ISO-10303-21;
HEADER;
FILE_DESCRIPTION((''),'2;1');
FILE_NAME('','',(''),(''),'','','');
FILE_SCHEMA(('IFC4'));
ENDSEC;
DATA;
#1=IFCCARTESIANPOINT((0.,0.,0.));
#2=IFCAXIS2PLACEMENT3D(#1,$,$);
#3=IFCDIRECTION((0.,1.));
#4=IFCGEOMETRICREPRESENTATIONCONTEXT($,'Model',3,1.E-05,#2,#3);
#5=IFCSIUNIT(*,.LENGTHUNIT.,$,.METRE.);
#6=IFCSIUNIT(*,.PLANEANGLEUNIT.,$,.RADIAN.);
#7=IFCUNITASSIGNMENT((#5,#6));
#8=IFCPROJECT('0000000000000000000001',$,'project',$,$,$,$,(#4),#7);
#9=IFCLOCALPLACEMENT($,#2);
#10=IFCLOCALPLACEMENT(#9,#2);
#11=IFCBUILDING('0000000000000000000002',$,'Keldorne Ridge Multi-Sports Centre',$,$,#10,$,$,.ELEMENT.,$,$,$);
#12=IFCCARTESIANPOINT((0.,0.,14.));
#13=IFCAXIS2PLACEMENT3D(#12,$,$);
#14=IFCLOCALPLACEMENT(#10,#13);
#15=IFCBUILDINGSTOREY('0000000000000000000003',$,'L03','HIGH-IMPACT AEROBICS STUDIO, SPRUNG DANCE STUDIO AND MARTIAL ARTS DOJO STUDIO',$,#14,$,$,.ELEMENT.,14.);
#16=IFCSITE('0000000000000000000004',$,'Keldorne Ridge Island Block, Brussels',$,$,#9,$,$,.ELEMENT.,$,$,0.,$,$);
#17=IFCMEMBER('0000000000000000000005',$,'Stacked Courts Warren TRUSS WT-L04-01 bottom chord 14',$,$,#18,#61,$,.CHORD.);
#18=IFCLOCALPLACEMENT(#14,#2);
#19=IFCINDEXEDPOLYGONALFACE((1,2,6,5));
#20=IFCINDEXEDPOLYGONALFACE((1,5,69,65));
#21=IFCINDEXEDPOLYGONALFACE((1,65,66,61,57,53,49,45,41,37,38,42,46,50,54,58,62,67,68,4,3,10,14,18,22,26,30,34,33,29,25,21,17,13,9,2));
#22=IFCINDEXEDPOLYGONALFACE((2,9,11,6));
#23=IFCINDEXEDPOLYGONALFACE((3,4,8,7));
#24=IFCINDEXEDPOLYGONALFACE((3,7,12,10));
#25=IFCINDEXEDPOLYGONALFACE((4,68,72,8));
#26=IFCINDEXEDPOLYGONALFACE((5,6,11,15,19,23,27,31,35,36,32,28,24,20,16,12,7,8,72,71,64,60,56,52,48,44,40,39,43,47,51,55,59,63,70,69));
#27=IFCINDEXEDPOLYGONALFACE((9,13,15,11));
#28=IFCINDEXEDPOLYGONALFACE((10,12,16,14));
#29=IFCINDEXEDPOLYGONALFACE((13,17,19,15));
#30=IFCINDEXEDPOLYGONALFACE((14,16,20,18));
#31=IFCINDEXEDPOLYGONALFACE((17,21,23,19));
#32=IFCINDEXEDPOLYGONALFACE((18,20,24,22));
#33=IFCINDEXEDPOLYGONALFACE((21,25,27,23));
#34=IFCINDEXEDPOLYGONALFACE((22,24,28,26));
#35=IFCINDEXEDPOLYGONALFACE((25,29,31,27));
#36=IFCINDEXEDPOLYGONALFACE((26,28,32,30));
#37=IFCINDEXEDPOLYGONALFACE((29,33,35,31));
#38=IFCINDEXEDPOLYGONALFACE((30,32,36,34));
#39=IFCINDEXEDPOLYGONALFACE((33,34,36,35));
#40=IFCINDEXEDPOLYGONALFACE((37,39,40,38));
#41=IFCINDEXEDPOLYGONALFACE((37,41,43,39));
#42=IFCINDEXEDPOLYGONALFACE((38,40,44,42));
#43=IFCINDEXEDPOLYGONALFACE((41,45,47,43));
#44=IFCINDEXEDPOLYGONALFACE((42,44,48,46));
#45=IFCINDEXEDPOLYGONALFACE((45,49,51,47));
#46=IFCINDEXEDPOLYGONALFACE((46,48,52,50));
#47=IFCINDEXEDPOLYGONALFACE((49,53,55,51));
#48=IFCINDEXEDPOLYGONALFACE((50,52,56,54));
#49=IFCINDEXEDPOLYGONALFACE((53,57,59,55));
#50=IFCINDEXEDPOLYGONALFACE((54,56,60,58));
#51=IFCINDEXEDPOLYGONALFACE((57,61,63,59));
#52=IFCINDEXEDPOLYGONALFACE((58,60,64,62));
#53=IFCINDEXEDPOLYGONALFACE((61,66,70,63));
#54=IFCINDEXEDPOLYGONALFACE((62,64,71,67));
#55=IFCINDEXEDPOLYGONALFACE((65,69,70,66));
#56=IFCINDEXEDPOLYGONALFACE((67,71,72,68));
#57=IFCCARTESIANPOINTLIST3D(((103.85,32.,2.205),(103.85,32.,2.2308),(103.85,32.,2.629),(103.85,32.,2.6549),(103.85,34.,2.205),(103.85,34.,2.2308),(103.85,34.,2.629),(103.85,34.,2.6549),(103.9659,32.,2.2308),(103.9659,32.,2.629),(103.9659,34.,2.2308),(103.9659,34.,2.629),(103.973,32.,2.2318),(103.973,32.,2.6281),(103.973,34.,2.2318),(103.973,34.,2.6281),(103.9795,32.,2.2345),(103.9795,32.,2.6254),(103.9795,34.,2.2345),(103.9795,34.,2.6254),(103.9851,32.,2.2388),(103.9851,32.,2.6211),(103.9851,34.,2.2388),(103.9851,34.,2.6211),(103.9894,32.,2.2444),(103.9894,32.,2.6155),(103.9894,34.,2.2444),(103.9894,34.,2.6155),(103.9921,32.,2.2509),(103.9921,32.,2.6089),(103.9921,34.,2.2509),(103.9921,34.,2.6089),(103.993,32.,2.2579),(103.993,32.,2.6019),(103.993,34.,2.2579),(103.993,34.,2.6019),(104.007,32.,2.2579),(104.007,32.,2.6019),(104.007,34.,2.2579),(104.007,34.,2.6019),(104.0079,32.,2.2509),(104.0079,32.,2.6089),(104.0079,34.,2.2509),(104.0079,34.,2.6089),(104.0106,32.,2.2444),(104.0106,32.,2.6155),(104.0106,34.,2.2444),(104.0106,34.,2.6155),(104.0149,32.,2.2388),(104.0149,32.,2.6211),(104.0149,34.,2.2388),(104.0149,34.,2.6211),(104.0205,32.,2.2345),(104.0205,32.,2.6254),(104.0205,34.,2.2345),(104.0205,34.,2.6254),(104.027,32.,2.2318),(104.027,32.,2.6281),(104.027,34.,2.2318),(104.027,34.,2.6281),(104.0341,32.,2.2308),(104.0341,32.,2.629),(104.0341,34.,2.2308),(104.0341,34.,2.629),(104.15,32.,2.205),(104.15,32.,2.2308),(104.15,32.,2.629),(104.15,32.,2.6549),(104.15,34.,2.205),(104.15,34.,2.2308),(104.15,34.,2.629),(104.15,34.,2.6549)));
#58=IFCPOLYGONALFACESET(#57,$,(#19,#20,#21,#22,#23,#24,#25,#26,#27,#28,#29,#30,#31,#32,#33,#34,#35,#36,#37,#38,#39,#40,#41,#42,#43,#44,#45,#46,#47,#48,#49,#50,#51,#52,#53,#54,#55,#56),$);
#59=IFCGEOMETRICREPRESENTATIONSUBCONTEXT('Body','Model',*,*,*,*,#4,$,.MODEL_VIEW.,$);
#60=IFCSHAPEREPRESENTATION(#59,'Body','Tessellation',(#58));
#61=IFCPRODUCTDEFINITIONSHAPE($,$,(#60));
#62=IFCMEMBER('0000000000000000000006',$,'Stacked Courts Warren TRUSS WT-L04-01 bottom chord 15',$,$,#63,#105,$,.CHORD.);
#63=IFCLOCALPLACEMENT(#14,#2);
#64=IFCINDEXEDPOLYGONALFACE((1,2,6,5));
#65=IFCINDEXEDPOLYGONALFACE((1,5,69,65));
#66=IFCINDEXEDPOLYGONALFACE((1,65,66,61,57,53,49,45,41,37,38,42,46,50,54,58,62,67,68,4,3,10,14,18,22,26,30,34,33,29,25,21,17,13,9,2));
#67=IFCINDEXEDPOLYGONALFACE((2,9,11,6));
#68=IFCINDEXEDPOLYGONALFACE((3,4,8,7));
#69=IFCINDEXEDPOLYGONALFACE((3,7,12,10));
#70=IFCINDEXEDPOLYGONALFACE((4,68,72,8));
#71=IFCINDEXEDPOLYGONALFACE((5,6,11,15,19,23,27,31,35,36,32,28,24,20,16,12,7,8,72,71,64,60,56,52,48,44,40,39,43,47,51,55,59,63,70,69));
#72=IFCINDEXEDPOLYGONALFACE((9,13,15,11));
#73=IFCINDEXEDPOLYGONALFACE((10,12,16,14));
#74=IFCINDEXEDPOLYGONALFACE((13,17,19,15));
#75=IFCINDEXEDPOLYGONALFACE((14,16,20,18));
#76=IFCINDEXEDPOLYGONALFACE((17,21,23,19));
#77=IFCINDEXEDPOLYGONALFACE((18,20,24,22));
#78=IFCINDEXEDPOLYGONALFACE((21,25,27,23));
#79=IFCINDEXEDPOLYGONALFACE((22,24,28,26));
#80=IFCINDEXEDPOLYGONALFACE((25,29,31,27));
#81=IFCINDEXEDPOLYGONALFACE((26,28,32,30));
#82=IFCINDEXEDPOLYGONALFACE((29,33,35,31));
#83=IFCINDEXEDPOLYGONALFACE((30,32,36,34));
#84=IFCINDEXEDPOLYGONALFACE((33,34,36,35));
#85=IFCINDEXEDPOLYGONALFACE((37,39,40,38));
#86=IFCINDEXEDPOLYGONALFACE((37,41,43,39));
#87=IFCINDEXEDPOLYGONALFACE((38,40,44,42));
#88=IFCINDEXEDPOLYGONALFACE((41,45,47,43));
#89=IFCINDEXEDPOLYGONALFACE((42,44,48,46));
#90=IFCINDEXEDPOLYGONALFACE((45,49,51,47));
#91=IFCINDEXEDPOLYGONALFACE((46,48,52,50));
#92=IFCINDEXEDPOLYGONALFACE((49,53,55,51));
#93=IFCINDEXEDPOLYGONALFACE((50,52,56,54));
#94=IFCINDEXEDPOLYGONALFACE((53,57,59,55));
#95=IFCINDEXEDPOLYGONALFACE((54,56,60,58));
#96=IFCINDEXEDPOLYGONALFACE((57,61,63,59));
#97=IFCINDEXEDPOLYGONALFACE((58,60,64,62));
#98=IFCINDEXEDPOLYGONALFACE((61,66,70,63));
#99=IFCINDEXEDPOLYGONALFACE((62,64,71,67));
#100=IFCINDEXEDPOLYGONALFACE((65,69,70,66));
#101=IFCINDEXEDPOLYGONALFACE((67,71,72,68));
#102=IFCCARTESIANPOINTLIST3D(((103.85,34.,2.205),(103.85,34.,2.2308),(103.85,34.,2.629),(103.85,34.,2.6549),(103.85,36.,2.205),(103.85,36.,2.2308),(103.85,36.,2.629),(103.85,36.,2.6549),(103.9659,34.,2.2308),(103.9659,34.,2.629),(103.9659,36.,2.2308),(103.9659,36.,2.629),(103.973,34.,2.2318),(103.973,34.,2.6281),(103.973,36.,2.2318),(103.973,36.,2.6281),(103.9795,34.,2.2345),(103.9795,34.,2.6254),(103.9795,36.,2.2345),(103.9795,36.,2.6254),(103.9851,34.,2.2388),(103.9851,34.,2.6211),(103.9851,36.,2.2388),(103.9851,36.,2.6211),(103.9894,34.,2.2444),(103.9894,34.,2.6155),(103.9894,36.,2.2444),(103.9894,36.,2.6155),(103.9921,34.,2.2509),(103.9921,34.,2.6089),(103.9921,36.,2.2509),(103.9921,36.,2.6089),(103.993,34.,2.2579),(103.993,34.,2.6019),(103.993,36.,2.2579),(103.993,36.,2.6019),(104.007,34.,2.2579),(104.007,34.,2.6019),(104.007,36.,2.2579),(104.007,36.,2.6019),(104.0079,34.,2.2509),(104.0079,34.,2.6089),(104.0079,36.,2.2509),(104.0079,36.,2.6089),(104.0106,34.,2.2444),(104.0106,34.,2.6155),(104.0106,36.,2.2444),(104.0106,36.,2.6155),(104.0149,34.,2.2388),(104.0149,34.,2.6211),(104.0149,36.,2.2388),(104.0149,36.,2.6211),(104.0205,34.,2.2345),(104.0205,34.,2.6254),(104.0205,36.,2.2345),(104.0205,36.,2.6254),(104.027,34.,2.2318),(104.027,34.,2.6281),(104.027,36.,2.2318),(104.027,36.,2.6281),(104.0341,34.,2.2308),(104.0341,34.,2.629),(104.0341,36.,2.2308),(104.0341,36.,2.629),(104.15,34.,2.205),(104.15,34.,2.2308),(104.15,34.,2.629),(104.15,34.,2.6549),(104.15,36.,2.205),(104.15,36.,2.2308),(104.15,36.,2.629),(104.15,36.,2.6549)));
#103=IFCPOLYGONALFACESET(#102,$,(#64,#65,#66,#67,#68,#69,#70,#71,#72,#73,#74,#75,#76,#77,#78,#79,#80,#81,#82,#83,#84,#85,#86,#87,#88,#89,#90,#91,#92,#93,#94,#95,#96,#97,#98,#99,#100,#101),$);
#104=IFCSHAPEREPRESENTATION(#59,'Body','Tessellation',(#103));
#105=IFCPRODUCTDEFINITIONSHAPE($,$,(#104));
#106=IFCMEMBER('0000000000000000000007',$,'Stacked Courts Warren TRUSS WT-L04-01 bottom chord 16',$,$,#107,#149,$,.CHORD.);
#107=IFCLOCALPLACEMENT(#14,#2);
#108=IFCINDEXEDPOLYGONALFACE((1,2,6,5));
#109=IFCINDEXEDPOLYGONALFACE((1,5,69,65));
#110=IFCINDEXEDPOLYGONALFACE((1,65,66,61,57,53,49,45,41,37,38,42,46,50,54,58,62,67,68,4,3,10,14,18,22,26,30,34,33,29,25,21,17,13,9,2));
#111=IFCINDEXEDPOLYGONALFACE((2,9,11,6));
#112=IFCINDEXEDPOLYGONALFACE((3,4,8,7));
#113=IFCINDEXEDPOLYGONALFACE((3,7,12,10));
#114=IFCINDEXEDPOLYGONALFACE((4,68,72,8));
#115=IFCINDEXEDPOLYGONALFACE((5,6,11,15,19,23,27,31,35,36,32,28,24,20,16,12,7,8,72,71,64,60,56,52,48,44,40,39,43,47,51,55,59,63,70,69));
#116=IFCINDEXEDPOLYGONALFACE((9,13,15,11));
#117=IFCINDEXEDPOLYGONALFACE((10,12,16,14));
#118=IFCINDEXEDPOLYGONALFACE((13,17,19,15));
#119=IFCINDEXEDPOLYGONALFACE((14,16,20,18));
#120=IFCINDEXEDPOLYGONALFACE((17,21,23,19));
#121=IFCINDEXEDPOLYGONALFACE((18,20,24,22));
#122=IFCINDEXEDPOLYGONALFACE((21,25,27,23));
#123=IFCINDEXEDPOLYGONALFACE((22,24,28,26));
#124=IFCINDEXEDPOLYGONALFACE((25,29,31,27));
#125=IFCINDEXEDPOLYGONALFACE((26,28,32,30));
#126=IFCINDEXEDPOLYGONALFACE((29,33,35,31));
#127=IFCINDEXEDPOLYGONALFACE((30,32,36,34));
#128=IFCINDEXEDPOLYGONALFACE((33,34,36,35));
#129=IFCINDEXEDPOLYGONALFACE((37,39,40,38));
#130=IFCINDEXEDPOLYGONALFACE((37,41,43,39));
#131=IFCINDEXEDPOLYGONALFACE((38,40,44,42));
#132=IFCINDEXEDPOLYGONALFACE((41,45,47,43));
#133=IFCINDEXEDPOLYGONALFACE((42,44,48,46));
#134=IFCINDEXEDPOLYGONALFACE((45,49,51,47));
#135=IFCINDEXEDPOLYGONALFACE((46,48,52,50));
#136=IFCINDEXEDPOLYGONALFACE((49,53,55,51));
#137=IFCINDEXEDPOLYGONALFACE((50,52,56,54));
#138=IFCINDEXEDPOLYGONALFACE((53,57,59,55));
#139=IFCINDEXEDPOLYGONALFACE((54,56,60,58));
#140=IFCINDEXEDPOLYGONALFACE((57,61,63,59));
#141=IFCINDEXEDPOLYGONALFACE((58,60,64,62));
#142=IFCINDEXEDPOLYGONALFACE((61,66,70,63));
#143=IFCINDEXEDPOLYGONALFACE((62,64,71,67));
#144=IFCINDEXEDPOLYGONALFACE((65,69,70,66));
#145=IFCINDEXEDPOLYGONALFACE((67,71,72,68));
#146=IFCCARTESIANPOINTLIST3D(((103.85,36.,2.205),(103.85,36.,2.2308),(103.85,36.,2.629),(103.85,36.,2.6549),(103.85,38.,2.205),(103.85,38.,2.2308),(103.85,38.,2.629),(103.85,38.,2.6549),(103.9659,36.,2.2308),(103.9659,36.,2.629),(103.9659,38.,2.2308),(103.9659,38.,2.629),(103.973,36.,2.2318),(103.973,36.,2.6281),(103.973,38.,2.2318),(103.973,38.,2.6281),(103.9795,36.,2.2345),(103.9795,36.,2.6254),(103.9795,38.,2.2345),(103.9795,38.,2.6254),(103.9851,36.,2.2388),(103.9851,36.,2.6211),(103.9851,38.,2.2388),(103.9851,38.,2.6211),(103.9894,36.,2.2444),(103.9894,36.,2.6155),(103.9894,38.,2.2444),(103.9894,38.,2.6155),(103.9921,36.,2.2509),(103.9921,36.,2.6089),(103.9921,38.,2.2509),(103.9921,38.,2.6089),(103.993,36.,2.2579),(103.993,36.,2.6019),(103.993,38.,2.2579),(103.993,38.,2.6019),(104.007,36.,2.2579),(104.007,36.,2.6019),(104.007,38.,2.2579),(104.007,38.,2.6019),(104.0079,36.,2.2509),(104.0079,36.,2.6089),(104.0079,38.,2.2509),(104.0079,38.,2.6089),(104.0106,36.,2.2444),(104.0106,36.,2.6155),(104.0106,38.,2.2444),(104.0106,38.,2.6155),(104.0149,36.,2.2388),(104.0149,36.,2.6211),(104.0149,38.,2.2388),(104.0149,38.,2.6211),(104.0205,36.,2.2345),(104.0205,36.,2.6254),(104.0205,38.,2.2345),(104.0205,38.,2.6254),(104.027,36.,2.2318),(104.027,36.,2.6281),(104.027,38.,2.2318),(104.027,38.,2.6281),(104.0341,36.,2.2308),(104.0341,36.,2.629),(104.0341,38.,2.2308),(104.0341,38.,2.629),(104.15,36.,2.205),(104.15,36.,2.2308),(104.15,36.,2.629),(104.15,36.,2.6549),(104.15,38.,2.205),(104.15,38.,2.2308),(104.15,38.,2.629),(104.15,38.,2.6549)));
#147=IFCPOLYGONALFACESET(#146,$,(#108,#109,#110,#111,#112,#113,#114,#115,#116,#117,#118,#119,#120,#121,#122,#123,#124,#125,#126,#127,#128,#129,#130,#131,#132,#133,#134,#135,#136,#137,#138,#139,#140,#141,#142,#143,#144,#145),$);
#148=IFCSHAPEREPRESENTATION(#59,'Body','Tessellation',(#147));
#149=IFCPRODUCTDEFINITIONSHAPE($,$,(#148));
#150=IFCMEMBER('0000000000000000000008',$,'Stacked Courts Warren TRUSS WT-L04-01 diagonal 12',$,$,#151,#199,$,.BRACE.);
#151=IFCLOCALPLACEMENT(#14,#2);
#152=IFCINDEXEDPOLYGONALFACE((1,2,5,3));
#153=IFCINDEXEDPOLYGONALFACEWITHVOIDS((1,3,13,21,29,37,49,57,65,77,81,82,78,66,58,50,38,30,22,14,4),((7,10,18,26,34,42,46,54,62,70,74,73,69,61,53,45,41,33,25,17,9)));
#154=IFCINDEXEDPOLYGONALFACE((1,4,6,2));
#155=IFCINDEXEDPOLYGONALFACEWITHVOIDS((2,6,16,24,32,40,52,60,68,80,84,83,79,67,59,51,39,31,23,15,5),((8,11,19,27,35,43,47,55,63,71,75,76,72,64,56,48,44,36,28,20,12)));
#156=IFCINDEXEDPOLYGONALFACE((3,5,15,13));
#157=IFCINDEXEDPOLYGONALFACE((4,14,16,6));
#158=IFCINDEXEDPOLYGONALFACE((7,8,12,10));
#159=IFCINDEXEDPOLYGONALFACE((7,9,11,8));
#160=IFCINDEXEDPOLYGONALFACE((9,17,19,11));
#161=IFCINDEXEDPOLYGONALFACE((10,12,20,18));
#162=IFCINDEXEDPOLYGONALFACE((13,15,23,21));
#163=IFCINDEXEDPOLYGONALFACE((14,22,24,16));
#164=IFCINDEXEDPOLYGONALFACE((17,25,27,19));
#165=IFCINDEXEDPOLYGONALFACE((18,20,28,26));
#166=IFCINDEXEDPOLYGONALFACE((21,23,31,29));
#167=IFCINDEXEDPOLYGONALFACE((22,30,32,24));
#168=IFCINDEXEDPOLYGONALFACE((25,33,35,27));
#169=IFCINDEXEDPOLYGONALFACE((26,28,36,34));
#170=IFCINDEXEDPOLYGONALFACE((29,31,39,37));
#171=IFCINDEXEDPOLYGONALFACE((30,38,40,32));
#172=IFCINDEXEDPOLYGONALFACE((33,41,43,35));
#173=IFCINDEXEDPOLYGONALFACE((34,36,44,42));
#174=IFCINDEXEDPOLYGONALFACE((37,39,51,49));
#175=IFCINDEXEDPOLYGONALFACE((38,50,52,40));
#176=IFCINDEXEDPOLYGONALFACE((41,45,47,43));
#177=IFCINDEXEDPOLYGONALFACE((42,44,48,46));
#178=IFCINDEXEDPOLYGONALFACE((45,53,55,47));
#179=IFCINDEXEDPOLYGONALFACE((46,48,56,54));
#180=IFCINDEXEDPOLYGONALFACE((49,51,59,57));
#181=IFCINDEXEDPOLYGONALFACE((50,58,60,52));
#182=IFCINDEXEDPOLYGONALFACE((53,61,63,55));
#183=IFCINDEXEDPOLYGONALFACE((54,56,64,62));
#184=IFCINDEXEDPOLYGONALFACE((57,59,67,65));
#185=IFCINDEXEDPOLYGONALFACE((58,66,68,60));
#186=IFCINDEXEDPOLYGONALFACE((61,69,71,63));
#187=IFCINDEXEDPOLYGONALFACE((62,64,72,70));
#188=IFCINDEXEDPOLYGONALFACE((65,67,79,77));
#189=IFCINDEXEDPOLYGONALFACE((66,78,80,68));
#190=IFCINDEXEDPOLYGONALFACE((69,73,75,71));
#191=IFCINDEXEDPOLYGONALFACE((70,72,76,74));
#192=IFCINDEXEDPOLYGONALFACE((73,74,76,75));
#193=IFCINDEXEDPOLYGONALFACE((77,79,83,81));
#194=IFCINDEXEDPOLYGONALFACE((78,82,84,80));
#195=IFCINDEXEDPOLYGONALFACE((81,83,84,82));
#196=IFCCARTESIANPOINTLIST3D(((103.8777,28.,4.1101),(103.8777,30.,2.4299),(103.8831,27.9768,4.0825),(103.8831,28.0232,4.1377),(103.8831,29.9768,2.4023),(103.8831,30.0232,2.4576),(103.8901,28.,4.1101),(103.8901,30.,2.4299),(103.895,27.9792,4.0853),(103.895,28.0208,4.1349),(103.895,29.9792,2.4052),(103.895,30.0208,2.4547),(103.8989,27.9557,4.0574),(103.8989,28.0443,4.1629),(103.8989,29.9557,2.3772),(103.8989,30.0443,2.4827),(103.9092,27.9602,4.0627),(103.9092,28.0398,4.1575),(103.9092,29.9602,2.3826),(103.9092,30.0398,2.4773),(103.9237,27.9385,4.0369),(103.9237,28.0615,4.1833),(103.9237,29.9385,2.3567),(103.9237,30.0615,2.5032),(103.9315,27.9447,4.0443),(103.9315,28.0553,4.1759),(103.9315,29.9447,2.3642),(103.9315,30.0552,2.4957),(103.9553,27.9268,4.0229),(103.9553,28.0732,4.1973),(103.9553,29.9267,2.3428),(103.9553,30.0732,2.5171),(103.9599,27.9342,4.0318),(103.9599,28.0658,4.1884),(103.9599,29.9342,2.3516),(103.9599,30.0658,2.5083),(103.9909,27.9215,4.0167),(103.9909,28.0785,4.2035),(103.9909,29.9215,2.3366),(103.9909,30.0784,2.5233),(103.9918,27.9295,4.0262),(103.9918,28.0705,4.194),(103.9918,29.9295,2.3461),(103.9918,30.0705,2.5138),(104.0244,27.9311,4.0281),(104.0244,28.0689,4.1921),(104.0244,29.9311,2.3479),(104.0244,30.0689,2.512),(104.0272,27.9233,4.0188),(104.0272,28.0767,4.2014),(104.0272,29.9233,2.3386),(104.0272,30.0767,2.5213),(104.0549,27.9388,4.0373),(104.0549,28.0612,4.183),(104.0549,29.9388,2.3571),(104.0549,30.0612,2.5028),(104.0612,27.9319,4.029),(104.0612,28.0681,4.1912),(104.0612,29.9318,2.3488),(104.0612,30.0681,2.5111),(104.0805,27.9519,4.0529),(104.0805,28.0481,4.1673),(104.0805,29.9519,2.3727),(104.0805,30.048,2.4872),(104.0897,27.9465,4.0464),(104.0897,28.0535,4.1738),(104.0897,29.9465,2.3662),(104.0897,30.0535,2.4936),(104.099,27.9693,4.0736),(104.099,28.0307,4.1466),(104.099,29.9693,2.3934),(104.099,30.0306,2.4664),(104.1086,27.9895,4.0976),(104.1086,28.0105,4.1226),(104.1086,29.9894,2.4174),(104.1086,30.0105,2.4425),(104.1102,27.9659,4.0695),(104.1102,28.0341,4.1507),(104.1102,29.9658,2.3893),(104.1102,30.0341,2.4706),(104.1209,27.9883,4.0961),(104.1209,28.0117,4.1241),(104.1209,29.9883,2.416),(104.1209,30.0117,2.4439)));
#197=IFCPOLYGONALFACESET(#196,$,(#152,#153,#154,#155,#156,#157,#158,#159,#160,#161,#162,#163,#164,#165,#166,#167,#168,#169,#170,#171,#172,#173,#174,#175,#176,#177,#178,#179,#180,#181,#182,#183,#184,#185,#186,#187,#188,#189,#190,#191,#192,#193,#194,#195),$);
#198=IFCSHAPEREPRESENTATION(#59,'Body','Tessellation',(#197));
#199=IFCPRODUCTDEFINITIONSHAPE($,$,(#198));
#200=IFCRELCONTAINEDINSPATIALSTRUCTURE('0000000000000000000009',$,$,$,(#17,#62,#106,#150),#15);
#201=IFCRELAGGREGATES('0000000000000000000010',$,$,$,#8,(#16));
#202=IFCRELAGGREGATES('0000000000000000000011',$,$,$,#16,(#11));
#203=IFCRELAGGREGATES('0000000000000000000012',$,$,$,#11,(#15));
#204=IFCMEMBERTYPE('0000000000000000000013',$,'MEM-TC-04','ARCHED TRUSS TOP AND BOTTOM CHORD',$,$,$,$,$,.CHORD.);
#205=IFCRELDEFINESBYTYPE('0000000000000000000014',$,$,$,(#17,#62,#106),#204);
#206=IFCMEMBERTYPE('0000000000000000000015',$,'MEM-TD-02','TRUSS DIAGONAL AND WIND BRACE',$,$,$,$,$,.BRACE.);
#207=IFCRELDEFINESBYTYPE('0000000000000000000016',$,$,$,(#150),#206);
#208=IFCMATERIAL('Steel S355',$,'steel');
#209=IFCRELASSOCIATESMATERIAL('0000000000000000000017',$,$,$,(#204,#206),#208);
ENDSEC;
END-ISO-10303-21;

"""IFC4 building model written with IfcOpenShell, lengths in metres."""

from ifc_helpers import new_model, si_unit, direction, frame, origin, origin_2d, place, context, subcontext, project, spatial, hollow_circle, i_section, extrude, material, material_profile, profile_set, type_object, element, save


model = new_model("IFC4")

# Units and contexts
model_context = context("Model", 3, precision=1e-05, world=origin(), true_north=direction((0.0, 1.0)))
body_context = subcontext(model_context, "Body", "Model", "MODEL_VIEW")
ifc_project = project(units=[si_unit("LENGTHUNIT", "METRE"), si_unit("PLANEANGLEUNIT", "RADIAN")], contexts=[model_context])

# Site, building, storey
site_placement = place(None, origin())
site = spatial("IfcSite", under=ifc_project, at=site_placement, Name="Keldorne Ridge Island Block, Brussels", CompositionType="ELEMENT", RefElevation=0.0)
building_placement = place(site_placement, origin())
building = spatial("IfcBuilding", under=site, at=building_placement, Name="Keldorne Ridge Multi-Sports Centre", CompositionType="ELEMENT")
storey_placement = place(building_placement, frame((0.0, 0.0, 14.0)))
storey = spatial("IfcBuildingStorey", under=building, at=storey_placement, Name="L03", Description="HIGH-IMPACT AEROBICS STUDIO, SPRUNG DANCE STUDIO AND MARTIAL ARTS DOJO STUDIO", CompositionType="ELEMENT", Elevation=14.0)

# Shared definitions
ifc_material_1 = material(Name="Steel S355", Category="steel")

# Members
ifc_material_profile_1 = material_profile(ifc_material_1, i_section(OverallWidth=0.3, OverallDepth=0.45, WebThickness=0.0139, FlangeThickness=0.0259, FilletRadius=0.0271, at=origin_2d()), Name="HEB 450")
ifc_profile_set_1 = profile_set([ifc_material_profile_1], Name="Steel S355")
member_type_1 = type_object("IfcMemberType", Name="MEM-TC-04", Description="ARCHED TRUSS TOP AND BOTTOM CHORD", PredefinedType="CHORD", material=ifc_profile_set_1)
for number, where, z_axis, x_axis, name in (
    (1, (104.0, 32.0, 2.4299), (0.0, 1.0, 0.0), (-1.0, 0.0, 0.0), "Stacked Courts Warren TRUSS WT-L04-01 bottom chord 14"),
    (2, (104.0, 34.0, 2.4299), (0.0, 1.0, 0.0), (-1.0, 0.0, 0.0), "Stacked Courts Warren TRUSS WT-L04-01 bottom chord 15"),
    (3, (104.0, 36.0, 2.4299), (0.0, 1.0, 0.0), (-1.0, 0.0, 0.0), "Stacked Courts Warren TRUSS WT-L04-01 bottom chord 16"),
):
    element("IfcMember", number, at=place(storey_placement, frame(where, z_axis=z_axis, x_axis=x_axis)), inside=storey, type_object=member_type_1, Name=name, PredefinedType="CHORD", context=body_context, shape_type="SweptSolid", body=[
        extrude(i_section(OverallWidth=0.3, OverallDepth=0.45, WebThickness=0.0139, FlangeThickness=0.0259, FilletRadius=0.0271, at=origin_2d()), origin(), (0.0, 0.0, 1.0), 2.0),
    ])
ifc_material_profile_2 = material_profile(ifc_material_1, hollow_circle(Radius=0.1223, WallThickness=0.0125, at=origin_2d()), Name="CHS 244.5x12.5")
ifc_profile_set_2 = profile_set([ifc_material_profile_2], Name="Steel S355")
member_type_2 = type_object("IfcMemberType", Name="MEM-TD-02", Description="TRUSS DIAGONAL AND WIND BRACE", PredefinedType="BRACE", material=ifc_profile_set_2)
for number, where, z_axis, x_axis, name in (
    (4, (104.0, 28.0, 4.1101), (0.0, 0.765672, -0.643232), (-1.0, 0.0, 0.0), "Stacked Courts Warren TRUSS WT-L04-01 diagonal 12"),
):
    element("IfcMember", number, at=place(storey_placement, frame(where, z_axis=z_axis, x_axis=x_axis)), inside=storey, type_object=member_type_2, Name=name, PredefinedType="BRACE", context=body_context, shape_type="SweptSolid", body=[
        extrude(hollow_circle(Radius=0.1223, WallThickness=0.0125, at=origin_2d()), origin(), (0.0, 0.0, 1.0), 2.6121),
    ])

save(model, "model.ifc")
